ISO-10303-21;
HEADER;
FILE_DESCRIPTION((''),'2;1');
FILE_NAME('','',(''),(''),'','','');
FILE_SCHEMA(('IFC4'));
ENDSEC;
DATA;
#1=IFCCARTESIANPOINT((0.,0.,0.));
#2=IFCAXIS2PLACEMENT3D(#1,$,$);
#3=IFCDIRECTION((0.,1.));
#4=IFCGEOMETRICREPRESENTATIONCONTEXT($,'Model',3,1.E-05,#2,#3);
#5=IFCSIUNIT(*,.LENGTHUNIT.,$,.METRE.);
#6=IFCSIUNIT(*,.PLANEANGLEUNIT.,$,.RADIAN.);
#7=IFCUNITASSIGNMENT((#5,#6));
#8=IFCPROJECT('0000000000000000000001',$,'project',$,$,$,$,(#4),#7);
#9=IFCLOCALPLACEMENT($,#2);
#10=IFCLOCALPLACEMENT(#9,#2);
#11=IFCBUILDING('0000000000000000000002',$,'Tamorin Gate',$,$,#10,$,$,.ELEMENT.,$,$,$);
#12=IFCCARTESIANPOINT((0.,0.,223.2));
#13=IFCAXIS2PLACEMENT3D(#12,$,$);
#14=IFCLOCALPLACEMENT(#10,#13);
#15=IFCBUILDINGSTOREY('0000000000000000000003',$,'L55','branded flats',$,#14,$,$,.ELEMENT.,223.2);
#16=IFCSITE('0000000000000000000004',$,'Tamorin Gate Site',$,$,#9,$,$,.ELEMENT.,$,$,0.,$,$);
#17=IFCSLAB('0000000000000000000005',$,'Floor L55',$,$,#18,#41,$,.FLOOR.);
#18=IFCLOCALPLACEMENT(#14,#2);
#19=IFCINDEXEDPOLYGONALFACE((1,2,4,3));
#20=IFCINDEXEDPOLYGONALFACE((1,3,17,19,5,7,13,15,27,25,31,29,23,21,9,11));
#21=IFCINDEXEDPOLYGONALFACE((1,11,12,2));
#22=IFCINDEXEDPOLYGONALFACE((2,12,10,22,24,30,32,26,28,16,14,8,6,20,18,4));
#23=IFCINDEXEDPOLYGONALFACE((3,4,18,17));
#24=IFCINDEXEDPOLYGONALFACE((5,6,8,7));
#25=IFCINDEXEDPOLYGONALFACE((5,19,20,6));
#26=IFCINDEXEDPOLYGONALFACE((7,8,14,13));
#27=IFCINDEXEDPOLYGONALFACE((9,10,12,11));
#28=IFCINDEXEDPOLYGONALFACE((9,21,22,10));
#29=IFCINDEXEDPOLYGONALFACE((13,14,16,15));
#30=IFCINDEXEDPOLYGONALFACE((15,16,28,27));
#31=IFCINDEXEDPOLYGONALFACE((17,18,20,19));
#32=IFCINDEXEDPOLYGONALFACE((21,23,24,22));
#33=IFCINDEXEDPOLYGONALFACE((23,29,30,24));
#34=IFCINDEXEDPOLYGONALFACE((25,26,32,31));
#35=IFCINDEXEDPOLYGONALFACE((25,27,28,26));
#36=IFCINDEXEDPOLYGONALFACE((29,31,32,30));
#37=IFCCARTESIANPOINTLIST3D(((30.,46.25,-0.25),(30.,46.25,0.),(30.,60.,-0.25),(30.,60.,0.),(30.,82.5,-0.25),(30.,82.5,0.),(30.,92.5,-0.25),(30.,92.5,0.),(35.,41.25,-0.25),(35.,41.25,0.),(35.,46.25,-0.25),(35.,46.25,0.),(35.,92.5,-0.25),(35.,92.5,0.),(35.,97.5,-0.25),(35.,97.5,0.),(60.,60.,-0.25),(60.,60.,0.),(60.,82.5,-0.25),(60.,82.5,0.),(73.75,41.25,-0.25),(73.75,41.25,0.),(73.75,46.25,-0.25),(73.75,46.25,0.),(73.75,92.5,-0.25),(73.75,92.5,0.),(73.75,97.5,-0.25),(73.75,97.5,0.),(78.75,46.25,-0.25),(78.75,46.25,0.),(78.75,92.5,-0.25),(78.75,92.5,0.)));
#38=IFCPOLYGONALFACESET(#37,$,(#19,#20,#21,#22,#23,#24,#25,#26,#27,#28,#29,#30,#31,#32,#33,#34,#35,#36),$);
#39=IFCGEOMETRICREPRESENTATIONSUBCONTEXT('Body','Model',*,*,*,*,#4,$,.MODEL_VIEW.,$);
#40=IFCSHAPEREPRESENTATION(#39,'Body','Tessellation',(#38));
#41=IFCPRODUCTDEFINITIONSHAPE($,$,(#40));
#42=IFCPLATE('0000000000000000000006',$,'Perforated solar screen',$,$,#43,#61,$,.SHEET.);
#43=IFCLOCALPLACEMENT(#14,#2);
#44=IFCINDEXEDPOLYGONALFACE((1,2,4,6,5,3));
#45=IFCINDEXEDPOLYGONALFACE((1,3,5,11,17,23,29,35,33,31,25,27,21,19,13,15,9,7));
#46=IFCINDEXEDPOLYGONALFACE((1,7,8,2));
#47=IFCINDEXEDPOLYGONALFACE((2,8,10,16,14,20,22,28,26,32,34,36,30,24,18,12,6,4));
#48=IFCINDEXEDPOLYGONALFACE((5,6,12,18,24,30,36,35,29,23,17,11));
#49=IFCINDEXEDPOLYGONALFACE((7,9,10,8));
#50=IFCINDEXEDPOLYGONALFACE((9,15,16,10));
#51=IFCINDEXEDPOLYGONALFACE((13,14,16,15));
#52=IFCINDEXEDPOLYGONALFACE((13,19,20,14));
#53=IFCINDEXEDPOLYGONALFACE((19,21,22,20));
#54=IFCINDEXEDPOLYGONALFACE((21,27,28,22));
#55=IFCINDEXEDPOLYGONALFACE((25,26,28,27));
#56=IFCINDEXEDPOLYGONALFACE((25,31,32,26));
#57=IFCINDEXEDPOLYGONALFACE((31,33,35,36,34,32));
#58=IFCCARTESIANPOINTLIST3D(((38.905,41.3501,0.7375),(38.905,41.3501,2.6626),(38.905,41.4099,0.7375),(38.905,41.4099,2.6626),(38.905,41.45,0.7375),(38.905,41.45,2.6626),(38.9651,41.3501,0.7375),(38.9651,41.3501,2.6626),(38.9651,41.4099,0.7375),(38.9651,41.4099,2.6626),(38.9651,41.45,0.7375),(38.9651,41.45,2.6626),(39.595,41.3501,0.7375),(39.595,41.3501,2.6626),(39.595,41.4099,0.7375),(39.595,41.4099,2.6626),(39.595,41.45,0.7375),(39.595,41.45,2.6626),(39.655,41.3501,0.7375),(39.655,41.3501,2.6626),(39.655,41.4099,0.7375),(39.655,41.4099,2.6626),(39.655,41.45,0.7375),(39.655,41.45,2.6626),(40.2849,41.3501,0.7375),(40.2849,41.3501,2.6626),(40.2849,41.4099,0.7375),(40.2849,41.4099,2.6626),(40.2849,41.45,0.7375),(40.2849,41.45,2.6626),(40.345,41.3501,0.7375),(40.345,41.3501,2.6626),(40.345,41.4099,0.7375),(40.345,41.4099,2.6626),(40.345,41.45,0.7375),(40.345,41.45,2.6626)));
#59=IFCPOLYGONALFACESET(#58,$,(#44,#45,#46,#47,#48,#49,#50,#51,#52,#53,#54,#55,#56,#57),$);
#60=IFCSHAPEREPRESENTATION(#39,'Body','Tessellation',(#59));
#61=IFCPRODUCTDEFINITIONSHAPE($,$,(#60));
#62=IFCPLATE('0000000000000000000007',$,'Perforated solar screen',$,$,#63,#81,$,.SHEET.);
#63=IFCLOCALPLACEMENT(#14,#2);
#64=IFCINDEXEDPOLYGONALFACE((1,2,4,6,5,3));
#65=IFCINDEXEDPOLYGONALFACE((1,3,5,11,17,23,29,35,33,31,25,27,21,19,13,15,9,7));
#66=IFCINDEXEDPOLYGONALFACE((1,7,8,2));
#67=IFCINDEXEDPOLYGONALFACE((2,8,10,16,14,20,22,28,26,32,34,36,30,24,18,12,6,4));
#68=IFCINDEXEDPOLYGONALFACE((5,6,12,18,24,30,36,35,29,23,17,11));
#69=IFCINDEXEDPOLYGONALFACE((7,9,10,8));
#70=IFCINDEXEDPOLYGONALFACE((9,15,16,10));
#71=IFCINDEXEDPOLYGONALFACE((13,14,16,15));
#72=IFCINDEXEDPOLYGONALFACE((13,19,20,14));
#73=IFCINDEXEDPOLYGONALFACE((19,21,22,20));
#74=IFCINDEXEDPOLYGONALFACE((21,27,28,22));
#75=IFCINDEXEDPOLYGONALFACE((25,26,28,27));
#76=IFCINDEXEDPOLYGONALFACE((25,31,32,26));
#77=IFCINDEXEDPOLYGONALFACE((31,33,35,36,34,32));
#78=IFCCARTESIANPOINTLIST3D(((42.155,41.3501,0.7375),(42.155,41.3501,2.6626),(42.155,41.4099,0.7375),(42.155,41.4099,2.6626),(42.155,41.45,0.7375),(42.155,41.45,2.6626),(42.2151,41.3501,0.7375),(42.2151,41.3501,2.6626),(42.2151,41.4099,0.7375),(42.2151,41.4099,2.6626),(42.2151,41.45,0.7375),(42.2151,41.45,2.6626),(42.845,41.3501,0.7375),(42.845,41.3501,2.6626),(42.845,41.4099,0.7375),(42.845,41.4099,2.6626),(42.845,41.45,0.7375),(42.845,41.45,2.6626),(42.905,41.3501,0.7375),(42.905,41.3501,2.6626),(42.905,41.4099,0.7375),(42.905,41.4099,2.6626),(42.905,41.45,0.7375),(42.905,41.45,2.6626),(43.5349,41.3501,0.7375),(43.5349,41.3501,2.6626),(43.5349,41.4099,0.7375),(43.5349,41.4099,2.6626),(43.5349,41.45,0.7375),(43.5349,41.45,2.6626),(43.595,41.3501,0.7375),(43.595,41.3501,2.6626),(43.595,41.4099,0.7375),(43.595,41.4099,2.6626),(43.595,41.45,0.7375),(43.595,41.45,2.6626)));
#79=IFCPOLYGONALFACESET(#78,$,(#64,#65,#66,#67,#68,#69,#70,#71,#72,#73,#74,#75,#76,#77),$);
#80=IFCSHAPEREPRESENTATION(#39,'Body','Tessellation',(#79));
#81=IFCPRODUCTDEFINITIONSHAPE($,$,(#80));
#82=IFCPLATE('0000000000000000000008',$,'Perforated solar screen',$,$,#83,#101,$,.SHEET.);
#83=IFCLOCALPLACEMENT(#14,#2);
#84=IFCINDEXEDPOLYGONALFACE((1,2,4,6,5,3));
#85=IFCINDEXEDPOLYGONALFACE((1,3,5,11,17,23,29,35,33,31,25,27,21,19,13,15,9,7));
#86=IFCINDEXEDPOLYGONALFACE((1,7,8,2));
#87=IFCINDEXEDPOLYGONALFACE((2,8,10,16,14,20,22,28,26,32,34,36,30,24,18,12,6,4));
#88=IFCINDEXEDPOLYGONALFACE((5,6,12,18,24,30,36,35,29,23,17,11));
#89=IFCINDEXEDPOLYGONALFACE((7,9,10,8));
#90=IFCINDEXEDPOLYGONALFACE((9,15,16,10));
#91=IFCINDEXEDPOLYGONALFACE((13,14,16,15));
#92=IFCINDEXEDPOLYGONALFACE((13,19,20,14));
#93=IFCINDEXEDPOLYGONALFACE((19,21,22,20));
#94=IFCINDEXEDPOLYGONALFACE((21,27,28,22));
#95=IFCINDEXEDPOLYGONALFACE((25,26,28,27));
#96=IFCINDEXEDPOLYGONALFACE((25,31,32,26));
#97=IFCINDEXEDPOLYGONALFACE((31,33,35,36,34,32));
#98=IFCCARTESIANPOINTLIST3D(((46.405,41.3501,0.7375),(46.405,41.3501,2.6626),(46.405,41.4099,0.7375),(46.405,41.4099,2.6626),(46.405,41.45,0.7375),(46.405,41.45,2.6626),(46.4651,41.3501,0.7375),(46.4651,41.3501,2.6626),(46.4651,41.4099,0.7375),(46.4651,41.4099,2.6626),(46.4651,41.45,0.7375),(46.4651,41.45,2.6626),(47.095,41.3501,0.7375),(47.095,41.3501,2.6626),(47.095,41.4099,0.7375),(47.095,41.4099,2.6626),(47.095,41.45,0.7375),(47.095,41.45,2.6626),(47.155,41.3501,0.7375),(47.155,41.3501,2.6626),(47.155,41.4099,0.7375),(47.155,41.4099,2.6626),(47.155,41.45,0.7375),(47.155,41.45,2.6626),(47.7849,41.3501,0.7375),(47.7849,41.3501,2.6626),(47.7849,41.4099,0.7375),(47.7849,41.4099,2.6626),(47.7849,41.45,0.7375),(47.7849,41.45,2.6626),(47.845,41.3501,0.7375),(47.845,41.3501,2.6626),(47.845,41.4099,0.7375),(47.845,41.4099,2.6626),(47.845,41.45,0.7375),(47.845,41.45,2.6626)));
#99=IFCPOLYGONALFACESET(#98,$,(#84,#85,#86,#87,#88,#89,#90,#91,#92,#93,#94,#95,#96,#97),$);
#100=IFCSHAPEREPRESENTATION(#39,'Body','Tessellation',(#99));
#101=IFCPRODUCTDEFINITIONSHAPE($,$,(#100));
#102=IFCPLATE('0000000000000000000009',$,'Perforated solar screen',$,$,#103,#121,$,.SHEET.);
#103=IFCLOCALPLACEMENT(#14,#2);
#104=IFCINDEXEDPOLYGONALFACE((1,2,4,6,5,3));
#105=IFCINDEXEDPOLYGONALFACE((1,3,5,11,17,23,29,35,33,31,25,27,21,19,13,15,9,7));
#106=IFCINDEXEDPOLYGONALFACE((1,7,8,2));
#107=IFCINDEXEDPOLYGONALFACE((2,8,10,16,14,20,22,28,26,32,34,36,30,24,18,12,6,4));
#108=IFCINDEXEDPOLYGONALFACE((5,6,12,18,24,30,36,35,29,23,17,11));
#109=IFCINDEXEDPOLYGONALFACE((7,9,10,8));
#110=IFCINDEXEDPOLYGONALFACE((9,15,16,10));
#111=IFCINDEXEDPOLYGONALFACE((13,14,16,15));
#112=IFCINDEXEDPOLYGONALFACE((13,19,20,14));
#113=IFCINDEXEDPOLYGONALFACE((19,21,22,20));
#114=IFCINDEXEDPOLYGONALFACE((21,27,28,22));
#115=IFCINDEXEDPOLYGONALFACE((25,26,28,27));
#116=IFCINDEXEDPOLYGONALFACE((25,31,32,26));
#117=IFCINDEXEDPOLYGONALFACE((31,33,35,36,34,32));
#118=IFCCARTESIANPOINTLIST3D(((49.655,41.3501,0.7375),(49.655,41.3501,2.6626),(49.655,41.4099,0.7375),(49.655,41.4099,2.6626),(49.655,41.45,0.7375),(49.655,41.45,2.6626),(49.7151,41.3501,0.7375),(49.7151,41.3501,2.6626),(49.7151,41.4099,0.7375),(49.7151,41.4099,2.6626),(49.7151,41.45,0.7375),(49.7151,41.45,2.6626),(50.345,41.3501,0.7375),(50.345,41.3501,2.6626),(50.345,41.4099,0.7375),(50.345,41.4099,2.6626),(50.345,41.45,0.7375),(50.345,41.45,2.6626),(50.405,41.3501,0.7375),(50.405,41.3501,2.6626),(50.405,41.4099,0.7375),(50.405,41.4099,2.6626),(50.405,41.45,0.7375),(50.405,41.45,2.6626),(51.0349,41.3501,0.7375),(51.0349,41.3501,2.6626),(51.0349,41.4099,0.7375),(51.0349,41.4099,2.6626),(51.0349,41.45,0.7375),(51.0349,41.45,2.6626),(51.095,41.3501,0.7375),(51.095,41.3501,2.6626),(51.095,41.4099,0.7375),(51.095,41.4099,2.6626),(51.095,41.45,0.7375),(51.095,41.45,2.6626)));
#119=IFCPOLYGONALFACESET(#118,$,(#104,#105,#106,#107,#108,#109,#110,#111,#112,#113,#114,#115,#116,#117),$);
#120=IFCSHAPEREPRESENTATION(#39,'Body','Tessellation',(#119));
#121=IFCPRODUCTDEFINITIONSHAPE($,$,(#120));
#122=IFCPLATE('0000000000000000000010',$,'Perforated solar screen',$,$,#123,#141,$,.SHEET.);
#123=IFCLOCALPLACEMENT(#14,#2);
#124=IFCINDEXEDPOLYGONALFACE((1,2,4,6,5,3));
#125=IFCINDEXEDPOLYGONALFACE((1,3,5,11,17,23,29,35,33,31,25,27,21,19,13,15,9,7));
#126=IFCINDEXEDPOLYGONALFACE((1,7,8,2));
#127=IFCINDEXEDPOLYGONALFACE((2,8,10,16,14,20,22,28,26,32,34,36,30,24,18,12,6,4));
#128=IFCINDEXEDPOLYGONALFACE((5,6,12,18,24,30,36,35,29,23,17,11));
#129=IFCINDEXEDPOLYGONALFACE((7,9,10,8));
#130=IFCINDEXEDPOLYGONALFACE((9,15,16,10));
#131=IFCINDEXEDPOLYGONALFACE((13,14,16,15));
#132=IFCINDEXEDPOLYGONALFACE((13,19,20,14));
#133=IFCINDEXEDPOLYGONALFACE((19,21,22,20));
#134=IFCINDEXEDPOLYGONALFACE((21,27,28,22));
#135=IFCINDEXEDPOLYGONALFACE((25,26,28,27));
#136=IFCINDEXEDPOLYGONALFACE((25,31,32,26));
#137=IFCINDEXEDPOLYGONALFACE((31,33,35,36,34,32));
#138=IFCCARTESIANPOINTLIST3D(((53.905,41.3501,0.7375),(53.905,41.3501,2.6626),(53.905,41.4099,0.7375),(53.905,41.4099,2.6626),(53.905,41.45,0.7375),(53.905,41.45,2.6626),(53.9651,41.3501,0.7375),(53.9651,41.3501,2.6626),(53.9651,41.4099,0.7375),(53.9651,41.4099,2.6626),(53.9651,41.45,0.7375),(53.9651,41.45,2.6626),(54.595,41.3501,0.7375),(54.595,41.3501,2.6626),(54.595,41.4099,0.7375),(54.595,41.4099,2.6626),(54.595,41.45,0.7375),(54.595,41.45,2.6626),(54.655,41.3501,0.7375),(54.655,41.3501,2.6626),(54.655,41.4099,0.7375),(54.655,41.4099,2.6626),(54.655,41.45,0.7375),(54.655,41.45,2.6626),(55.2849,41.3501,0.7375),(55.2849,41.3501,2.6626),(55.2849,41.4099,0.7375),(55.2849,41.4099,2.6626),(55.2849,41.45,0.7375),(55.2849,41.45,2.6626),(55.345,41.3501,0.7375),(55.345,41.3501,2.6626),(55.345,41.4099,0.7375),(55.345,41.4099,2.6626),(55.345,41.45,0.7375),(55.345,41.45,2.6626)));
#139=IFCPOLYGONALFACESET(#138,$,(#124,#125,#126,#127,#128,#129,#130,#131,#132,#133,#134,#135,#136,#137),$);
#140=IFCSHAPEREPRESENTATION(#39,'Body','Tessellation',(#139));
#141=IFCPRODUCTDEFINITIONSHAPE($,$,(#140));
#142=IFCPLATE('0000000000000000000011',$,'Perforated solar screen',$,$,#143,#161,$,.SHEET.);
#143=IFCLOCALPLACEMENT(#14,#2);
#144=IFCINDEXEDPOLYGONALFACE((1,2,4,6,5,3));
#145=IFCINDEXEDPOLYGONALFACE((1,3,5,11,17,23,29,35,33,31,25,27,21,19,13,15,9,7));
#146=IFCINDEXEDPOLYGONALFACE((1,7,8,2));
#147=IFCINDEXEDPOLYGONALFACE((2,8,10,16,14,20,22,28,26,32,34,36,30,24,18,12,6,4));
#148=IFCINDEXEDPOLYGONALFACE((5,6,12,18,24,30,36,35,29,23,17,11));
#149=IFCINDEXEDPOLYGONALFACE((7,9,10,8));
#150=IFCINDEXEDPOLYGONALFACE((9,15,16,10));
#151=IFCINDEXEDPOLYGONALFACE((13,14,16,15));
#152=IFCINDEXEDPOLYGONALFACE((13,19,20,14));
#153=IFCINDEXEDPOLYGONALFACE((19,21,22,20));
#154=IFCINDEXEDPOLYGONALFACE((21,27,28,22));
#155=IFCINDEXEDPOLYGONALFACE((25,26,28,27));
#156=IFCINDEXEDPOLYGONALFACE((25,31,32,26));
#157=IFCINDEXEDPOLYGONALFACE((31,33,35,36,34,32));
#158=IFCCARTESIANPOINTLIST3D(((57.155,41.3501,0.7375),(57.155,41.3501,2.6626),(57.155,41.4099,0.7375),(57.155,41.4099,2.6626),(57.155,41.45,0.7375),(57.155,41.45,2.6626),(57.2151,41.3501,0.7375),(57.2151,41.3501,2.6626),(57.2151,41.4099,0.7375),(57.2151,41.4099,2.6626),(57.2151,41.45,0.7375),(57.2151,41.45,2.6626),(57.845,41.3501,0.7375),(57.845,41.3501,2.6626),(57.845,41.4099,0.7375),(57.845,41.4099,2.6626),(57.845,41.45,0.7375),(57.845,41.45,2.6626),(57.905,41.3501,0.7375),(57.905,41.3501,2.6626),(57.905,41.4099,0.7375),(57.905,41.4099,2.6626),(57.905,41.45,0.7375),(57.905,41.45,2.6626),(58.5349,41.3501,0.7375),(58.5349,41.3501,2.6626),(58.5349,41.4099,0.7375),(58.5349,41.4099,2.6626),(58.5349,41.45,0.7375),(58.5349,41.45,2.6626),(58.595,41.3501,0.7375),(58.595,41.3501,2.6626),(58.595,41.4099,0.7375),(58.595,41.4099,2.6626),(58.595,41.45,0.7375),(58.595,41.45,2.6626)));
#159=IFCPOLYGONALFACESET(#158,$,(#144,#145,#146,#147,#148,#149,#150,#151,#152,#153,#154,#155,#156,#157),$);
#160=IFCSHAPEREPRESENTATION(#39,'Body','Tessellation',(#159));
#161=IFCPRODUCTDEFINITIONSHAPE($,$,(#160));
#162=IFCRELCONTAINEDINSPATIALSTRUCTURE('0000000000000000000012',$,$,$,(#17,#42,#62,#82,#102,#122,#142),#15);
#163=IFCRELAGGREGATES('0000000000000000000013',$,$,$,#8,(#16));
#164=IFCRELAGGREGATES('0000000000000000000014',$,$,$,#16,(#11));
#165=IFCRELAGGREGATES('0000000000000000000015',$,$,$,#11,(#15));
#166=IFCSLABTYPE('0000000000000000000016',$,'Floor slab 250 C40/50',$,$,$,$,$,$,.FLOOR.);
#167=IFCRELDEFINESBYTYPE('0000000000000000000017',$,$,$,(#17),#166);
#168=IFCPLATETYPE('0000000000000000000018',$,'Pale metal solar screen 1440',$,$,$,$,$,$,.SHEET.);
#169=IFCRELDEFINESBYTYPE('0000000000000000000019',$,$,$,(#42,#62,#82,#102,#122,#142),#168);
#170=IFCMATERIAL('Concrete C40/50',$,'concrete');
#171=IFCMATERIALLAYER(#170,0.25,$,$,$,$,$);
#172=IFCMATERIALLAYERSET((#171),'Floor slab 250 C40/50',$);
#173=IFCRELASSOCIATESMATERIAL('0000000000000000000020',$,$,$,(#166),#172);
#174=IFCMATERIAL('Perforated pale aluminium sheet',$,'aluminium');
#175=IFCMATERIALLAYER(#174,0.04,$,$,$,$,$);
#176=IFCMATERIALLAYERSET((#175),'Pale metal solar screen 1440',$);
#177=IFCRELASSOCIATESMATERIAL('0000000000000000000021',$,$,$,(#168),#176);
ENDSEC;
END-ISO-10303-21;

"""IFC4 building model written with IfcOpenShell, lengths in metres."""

from ifc_helpers import new_model, si_unit, direction, frame, origin, place, context, subcontext, project, spatial, polyline, outline, extrude, material, layer, layer_set, type_object, element, save


model = new_model("IFC4")

# Units and contexts
model_context = context("Model", 3, precision=1e-05, world=origin(), true_north=direction((0.0, 1.0)))
body_context = subcontext(model_context, "Body", "Model", "MODEL_VIEW")
ifc_project = project(units=[si_unit("LENGTHUNIT", "METRE"), si_unit("PLANEANGLEUNIT", "RADIAN")], contexts=[model_context])

# Site, building, storey
site_placement = place(None, origin())
site = spatial("IfcSite", under=ifc_project, at=site_placement, Name="Tamorin Gate Site", CompositionType="ELEMENT", RefElevation=0.0)
building_placement = place(site_placement, origin())
building = spatial("IfcBuilding", under=site, at=building_placement, Name="Tamorin Gate", CompositionType="ELEMENT")
storey_placement = place(building_placement, frame((0.0, 0.0, 223.2)))
storey = spatial("IfcBuildingStorey", under=building, at=storey_placement, Name="L55", Description="branded flats", CompositionType="ELEMENT", Elevation=223.2)

# Slab
ifc_material_1 = material(Name="Concrete C40/50", Category="concrete")
ifc_layer_1 = layer(ifc_material_1, 0.25)
ifc_layer_set_1 = layer_set([ifc_layer_1], Name="Floor slab 250 C40/50")
slab_type = type_object("IfcSlabType", Name="Floor slab 250 C40/50", PredefinedType="FLOOR", material=ifc_layer_set_1)
slab_placement = place(storey_placement, frame((0.0, 0.0, -0.25)))
element("IfcSlab", 1, at=slab_placement, inside=storey, type_object=slab_type, Name="Floor L55", PredefinedType="FLOOR", context=body_context, shape_type="SweptSolid", body=[
    extrude(outline(polyline([(30.0, 92.5), (35.0, 92.5), (35.0, 97.5), (73.75, 97.5), (73.75, 92.5), (78.75, 92.5), (78.75, 46.25), (73.75, 46.25), (73.75, 41.25), (35.0, 41.25), (35.0, 46.25), (30.0, 46.25), (30.0, 60.0), (60.0, 60.0), (60.0, 82.5), (30.0, 82.5), (30.0, 92.5)])), origin(), (0.0, 0.0, 1.0), 0.25),
])

# Plates
ifc_material_2 = material(Name="Perforated pale aluminium sheet", Category="aluminium")
ifc_layer_2 = layer(ifc_material_2, 0.04)
ifc_layer_set_2 = layer_set([ifc_layer_2], Name="Pale metal solar screen 1440")
plate_type = type_object("IfcPlateType", Name="Pale metal solar screen 1440", PredefinedType="SHEET", material=ifc_layer_set_2)
plate_1_placement = place(storey_placement, frame((0.0, 0.0, 0.7375)))
element("IfcPlate", 2, at=plate_1_placement, inside=storey, type_object=plate_type, Name="Perforated solar screen", PredefinedType="SHEET", context=body_context, shape_type="SweptSolid", body=[
    extrude(outline(polyline([(38.905, 41.4099), (38.905, 41.45), (38.9651, 41.45), (39.595, 41.45), (39.655, 41.45), (40.2849, 41.45), (40.345, 41.45), (40.345, 41.45), (40.345, 41.4099), (40.345, 41.4099), (40.345, 41.3501), (40.2849, 41.3501), (40.2849, 41.4099), (39.655, 41.4099), (39.655, 41.3501), (39.595, 41.3501), (39.595, 41.4099), (38.9651, 41.4099), (38.9651, 41.3501), (38.905, 41.3501), (38.905, 41.4099)])), origin(), (0.0, 0.0, 1.0), 1.925),
])
plate_2_placement = place(storey_placement, frame((0.0, 0.0, 0.7375)))
element("IfcPlate", 3, at=plate_2_placement, inside=storey, type_object=plate_type, Name="Perforated solar screen", PredefinedType="SHEET", context=body_context, shape_type="SweptSolid", body=[
    extrude(outline(polyline([(42.155, 41.4099), (42.155, 41.45), (42.2151, 41.45), (42.845, 41.45), (42.905, 41.45), (43.5349, 41.45), (43.595, 41.45), (43.595, 41.4099), (43.595, 41.3501), (43.5349, 41.3501), (43.5349, 41.4099), (42.905, 41.4099), (42.905, 41.3501), (42.845, 41.3501), (42.845, 41.4099), (42.2151, 41.4099), (42.2151, 41.3501), (42.155, 41.3501), (42.155, 41.4099)])), origin(), (0.0, 0.0, 1.0), 1.925),
])
plate_3_placement = place(storey_placement, frame((0.0, 0.0, 0.7375)))
element("IfcPlate", 4, at=plate_3_placement, inside=storey, type_object=plate_type, Name="Perforated solar screen", PredefinedType="SHEET", context=body_context, shape_type="SweptSolid", body=[
    extrude(outline(polyline([(46.405, 41.4099), (46.405, 41.45), (46.4651, 41.45), (47.095, 41.45), (47.155, 41.45), (47.7849, 41.45), (47.845, 41.45), (47.845, 41.4099), (47.845, 41.3501), (47.7849, 41.3501), (47.7849, 41.4099), (47.155, 41.4099), (47.155, 41.3501), (47.095, 41.3501), (47.095, 41.4099), (46.4651, 41.4099), (46.4651, 41.3501), (46.405, 41.3501), (46.405, 41.4099)])), origin(), (0.0, 0.0, 1.0), 1.925),
])
plate_4_placement = place(storey_placement, frame((0.0, 0.0, 0.7375)))
element("IfcPlate", 5, at=plate_4_placement, inside=storey, type_object=plate_type, Name="Perforated solar screen", PredefinedType="SHEET", context=body_context, shape_type="SweptSolid", body=[
    extrude(outline(polyline([(49.655, 41.4099), (49.655, 41.45), (49.7151, 41.45), (50.345, 41.45), (50.405, 41.45), (51.0349, 41.45), (51.095, 41.45), (51.095, 41.4099), (51.095, 41.3501), (51.0349, 41.3501), (51.0349, 41.4099), (50.405, 41.4099), (50.405, 41.3501), (50.345, 41.3501), (50.345, 41.4099), (49.7151, 41.4099), (49.7151, 41.3501), (49.655, 41.3501), (49.655, 41.4099)])), origin(), (0.0, 0.0, 1.0), 1.925),
])
plate_5_placement = place(storey_placement, frame((0.0, 0.0, 0.7375)))
element("IfcPlate", 6, at=plate_5_placement, inside=storey, type_object=plate_type, Name="Perforated solar screen", PredefinedType="SHEET", context=body_context, shape_type="SweptSolid", body=[
    extrude(outline(polyline([(53.905, 41.4099), (53.905, 41.45), (53.9651, 41.45), (54.595, 41.45), (54.655, 41.45), (55.2849, 41.45), (55.345, 41.45), (55.345, 41.4099), (55.345, 41.3501), (55.2849, 41.3501), (55.2849, 41.4099), (54.655, 41.4099), (54.655, 41.3501), (54.595, 41.3501), (54.595, 41.4099), (53.9651, 41.4099), (53.9651, 41.3501), (53.905, 41.3501), (53.905, 41.4099)])), origin(), (0.0, 0.0, 1.0), 1.925),
])
plate_6_placement = place(storey_placement, frame((0.0, 0.0, 0.7375)))
element("IfcPlate", 7, at=plate_6_placement, inside=storey, type_object=plate_type, Name="Perforated solar screen", PredefinedType="SHEET", context=body_context, shape_type="SweptSolid", body=[
    extrude(outline(polyline([(57.155, 41.4099), (57.155, 41.45), (57.2151, 41.45), (57.845, 41.45), (57.905, 41.45), (58.5349, 41.45), (58.595, 41.45), (58.595, 41.4099), (58.595, 41.3501), (58.5349, 41.3501), (58.5349, 41.4099), (57.905, 41.4099), (57.905, 41.3501), (57.845, 41.3501), (57.845, 41.4099), (57.2151, 41.4099), (57.2151, 41.3501), (57.155, 41.3501), (57.155, 41.4099)])), origin(), (0.0, 0.0, 1.0), 1.925),
])

save(model, "model.ifc")
